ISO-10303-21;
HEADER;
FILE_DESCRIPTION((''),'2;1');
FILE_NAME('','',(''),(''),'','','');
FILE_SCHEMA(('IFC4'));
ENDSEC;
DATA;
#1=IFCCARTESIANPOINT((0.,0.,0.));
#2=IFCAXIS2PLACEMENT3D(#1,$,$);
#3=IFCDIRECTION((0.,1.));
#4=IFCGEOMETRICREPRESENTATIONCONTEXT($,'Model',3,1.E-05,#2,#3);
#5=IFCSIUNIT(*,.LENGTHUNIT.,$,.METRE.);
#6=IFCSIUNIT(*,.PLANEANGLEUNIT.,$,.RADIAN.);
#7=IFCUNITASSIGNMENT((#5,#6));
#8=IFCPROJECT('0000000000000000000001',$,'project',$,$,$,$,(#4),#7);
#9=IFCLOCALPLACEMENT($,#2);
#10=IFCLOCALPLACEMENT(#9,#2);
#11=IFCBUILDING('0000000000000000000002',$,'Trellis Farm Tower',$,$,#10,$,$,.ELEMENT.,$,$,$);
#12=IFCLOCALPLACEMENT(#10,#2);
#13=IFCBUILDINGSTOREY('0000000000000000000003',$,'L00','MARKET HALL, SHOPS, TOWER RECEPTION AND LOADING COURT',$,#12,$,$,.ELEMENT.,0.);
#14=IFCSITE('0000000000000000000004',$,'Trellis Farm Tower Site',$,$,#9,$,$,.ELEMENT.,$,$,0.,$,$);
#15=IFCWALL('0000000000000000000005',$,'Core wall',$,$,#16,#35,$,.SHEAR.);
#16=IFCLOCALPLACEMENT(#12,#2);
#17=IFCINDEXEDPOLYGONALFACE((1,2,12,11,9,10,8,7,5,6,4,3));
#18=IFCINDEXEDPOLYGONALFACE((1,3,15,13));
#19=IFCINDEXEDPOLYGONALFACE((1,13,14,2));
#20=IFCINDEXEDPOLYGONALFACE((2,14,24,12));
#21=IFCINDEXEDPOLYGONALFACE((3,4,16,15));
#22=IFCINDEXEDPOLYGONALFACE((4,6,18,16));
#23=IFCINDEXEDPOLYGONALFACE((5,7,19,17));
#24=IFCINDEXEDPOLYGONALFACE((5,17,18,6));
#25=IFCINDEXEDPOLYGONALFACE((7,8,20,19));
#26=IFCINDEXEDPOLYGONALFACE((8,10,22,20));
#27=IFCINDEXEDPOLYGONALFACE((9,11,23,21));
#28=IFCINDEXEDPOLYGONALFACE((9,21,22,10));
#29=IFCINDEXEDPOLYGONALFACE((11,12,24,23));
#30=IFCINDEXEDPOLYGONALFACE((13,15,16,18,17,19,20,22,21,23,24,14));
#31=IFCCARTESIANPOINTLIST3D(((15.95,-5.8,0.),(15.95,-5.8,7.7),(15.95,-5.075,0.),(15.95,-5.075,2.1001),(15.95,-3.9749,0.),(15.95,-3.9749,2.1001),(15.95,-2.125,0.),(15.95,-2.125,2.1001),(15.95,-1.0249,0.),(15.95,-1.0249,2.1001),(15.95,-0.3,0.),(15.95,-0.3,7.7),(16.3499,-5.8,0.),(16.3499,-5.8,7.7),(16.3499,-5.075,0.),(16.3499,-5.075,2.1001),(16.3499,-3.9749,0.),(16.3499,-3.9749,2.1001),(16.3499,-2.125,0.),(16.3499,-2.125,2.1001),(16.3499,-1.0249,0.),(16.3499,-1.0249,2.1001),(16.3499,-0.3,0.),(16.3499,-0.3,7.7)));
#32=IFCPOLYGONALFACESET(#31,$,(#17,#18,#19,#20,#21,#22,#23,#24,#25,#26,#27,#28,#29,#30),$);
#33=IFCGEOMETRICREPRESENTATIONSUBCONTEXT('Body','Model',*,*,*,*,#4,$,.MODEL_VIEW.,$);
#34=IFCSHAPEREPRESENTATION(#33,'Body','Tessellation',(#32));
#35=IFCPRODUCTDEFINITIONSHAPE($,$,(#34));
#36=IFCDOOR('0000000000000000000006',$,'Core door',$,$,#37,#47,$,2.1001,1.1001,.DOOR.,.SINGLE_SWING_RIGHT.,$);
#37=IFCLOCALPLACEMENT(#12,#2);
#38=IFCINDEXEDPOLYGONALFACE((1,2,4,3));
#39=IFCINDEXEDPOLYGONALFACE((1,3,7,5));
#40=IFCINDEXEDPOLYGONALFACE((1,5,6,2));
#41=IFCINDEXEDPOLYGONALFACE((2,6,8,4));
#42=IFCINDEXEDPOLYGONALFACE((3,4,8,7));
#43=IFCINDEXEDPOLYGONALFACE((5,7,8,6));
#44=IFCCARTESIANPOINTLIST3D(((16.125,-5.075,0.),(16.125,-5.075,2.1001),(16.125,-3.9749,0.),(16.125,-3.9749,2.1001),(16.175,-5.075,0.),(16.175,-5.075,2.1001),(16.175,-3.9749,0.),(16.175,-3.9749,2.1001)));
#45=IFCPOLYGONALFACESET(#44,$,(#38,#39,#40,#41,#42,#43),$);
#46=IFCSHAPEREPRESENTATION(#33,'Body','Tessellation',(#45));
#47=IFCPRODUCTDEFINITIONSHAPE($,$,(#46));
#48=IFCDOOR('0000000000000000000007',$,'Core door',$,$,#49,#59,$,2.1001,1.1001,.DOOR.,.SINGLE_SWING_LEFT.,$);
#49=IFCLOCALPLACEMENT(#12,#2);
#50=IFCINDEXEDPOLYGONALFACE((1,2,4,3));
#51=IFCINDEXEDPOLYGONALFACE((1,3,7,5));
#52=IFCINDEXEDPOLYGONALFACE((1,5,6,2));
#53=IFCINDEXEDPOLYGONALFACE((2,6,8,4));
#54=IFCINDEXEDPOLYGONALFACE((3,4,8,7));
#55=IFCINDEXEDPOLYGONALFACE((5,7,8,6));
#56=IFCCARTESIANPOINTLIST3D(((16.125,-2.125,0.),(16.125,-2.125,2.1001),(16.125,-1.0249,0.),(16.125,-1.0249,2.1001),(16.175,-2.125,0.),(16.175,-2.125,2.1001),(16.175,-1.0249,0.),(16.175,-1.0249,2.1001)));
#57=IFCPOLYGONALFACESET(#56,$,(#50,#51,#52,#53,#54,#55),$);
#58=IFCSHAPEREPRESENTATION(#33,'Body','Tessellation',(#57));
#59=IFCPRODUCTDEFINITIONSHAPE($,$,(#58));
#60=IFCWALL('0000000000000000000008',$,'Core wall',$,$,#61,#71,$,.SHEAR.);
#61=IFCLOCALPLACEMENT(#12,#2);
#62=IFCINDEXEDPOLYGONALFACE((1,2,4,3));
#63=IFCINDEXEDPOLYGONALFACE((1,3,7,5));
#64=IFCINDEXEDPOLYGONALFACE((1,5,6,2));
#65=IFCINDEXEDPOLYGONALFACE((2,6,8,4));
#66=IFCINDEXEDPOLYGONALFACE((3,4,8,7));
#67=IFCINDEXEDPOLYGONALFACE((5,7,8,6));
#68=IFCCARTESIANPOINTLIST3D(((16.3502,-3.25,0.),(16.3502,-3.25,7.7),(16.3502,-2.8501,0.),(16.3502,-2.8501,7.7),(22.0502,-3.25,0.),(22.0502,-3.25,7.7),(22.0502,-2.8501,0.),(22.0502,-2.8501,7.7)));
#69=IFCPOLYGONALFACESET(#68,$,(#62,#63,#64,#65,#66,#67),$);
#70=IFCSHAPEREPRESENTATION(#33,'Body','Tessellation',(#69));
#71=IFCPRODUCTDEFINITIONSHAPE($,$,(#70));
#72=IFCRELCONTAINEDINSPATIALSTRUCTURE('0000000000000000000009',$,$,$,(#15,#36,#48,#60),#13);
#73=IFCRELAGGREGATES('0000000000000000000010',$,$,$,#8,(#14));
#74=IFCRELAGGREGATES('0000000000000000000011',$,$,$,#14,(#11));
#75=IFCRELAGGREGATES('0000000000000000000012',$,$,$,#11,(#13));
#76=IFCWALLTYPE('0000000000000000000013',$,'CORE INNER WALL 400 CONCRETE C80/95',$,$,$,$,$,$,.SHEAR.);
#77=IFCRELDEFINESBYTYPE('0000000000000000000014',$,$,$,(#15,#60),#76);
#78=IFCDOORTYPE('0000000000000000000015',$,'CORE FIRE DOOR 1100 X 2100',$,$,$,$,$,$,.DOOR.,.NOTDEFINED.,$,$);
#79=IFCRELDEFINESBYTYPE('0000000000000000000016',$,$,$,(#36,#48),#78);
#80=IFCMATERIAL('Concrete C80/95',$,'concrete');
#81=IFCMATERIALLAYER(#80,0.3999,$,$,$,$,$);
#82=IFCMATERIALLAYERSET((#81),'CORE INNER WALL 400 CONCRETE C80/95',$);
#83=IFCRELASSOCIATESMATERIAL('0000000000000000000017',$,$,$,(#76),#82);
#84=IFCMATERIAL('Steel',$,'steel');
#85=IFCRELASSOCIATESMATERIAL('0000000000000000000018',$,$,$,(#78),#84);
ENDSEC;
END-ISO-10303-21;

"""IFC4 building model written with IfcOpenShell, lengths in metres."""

from ifc_helpers import new_model, si_unit, direction, frame, frame_2d, origin, place, context, subcontext, project, spatial, rectangle, extrude, source, transform, mapped, material, layer, layer_set, type_object, element, fill, save


model = new_model("IFC4")

# Units and contexts
model_context = context("Model", 3, precision=1e-05, world=origin(), true_north=direction((0.0, 1.0)))
body_context = subcontext(model_context, "Body", "Model", "MODEL_VIEW")
ifc_project = project(units=[si_unit("LENGTHUNIT", "METRE"), si_unit("PLANEANGLEUNIT", "RADIAN")], contexts=[model_context])

# Site, building, storey
site_placement = place(None, origin())
site = spatial("IfcSite", under=ifc_project, at=site_placement, Name="Trellis Farm Tower Site", CompositionType="ELEMENT", RefElevation=0.0)
building_placement = place(site_placement, origin())
building = spatial("IfcBuilding", under=site, at=building_placement, Name="Trellis Farm Tower", CompositionType="ELEMENT")
storey_placement = place(building_placement, origin())
storey = spatial("IfcBuildingStorey", under=building, at=storey_placement, Name="L00", Description="MARKET HALL, SHOPS, TOWER RECEPTION AND LOADING COURT", CompositionType="ELEMENT", Elevation=0.0)

# Shared definitions
ifc_material_1 = material(Name="Concrete C80/95", Category="concrete")
ifc_layer = layer(ifc_material_1, 0.3999)
ifc_layer_set = layer_set([ifc_layer], Name="CORE INNER WALL 400 CONCRETE C80/95")
wall_type = type_object("IfcWallType", Name="CORE INNER WALL 400 CONCRETE C80/95", PredefinedType="SHEAR", material=ifc_layer_set)
shared_shape_1 = source(origin(), body_context, "Body", "SweptSolid", [
    extrude(rectangle(XDim=1.1001, YDim=2.1001, at=frame_2d((0.55, 1.05))), frame((0.0, 0.21, 0.0), z_axis=(0.0, -1.0, 0.0), x_axis=(1.0, 0.0, 0.0)), (0.0, 0.0, 1.0), 0.4199),
])
shared_shape_2 = source(origin(), body_context, "Body", "SweptSolid", [
    extrude(rectangle(XDim=1.1001, YDim=2.1001, at=frame_2d((0.55, 1.05))), frame((0.0, 0.0249, 0.0), z_axis=(0.0, -1.0, 0.0), x_axis=(1.0, 0.0, 0.0)), (0.0, 0.0, 1.0), 0.05),
])

# Shared definitions
ifc_material_2 = material(Name="Steel", Category="steel")

# Wall, openings, doors
shared_shape_3 = source(origin(), body_context, "Body", "SweptSolid", [
    extrude(rectangle(XDim=5.5, YDim=0.3999, at=frame_2d((2.75, 0.0))), origin(), (0.0, 0.0, 1.0), 7.7),
])
wall_1_placement = place(storey_placement, frame((16.1499, -5.8, 0.0), z_axis=(0.0, 0.0, 1.0), x_axis=(0.0, 1.0, 0.0)))
wall_1 = element("IfcWall", 1, at=wall_1_placement, inside=storey, type_object=wall_type, Name="Core wall", PredefinedType="SHEAR", context=body_context, shape_type="MappedRepresentation", body=[
    mapped(shared_shape_3, transform((0.0, 0.0, 0.0))),
])
opening_1_placement = place(wall_1_placement, frame((0.7251, 0.0, 0.0)))
opening_1 = element("IfcOpeningElement", 2, at=opening_1_placement, cuts=wall_1, PredefinedType="OPENING", context=body_context, shape_type="MappedRepresentation", body=[
    mapped(shared_shape_1, transform((0.0, 0.0, 0.0))),
])
opening_2_placement = place(wall_1_placement, frame((3.675, 0.0, 0.0)))
opening_2 = element("IfcOpeningElement", 3, at=opening_2_placement, cuts=wall_1, PredefinedType="OPENING", context=body_context, shape_type="MappedRepresentation", body=[
    mapped(shared_shape_1, transform((0.0, 0.0, 0.0))),
])
door_type_1 = type_object("IfcDoorType", Name="CORE FIRE DOOR 1100 X 2100", OperationType="NOTDEFINED", PredefinedType="DOOR", material=ifc_material_2)
door_1_placement = place(opening_1_placement, origin())
door_1 = element("IfcDoor", 4, at=door_1_placement, inside=storey, type_object=door_type_1, Name="Core door", OperationType="SINGLE_SWING_RIGHT", OverallHeight=2.1001, OverallWidth=1.1001, PredefinedType="DOOR", context=body_context, shape_type="MappedRepresentation", body=[
    mapped(shared_shape_2, transform((0.0, 0.0, 0.0))),
])
fill(opening_1, door_1)
door_2_placement = place(opening_2_placement, origin())
door_2 = element("IfcDoor", 5, at=door_2_placement, inside=storey, type_object=door_type_1, Name="Core door", OperationType="SINGLE_SWING_LEFT", OverallHeight=2.1001, OverallWidth=1.1001, PredefinedType="DOOR", context=body_context, shape_type="MappedRepresentation", body=[
    mapped(shared_shape_2, transform((0.0, 0.0, 0.0))),
])
fill(opening_2, door_2)

# Wall
shared_shape_4 = source(origin(), body_context, "Body", "SweptSolid", [
    extrude(rectangle(XDim=5.7, YDim=0.3999, at=frame_2d((2.8501, 0.0))), origin(), (0.0, 0.0, 1.0), 7.7),
])
wall_2_placement = place(storey_placement, frame((16.3501, -3.05, 0.0), z_axis=(0.0, 0.0, 1.0), x_axis=(1.0, 0.0, 0.0)))
element("IfcWall", 6, at=wall_2_placement, inside=storey, type_object=wall_type, Name="Core wall", PredefinedType="SHEAR", context=body_context, shape_type="MappedRepresentation", body=[
    mapped(shared_shape_4, transform((0.0, 0.0, 0.0))),
])

save(model, "model.ifc")
